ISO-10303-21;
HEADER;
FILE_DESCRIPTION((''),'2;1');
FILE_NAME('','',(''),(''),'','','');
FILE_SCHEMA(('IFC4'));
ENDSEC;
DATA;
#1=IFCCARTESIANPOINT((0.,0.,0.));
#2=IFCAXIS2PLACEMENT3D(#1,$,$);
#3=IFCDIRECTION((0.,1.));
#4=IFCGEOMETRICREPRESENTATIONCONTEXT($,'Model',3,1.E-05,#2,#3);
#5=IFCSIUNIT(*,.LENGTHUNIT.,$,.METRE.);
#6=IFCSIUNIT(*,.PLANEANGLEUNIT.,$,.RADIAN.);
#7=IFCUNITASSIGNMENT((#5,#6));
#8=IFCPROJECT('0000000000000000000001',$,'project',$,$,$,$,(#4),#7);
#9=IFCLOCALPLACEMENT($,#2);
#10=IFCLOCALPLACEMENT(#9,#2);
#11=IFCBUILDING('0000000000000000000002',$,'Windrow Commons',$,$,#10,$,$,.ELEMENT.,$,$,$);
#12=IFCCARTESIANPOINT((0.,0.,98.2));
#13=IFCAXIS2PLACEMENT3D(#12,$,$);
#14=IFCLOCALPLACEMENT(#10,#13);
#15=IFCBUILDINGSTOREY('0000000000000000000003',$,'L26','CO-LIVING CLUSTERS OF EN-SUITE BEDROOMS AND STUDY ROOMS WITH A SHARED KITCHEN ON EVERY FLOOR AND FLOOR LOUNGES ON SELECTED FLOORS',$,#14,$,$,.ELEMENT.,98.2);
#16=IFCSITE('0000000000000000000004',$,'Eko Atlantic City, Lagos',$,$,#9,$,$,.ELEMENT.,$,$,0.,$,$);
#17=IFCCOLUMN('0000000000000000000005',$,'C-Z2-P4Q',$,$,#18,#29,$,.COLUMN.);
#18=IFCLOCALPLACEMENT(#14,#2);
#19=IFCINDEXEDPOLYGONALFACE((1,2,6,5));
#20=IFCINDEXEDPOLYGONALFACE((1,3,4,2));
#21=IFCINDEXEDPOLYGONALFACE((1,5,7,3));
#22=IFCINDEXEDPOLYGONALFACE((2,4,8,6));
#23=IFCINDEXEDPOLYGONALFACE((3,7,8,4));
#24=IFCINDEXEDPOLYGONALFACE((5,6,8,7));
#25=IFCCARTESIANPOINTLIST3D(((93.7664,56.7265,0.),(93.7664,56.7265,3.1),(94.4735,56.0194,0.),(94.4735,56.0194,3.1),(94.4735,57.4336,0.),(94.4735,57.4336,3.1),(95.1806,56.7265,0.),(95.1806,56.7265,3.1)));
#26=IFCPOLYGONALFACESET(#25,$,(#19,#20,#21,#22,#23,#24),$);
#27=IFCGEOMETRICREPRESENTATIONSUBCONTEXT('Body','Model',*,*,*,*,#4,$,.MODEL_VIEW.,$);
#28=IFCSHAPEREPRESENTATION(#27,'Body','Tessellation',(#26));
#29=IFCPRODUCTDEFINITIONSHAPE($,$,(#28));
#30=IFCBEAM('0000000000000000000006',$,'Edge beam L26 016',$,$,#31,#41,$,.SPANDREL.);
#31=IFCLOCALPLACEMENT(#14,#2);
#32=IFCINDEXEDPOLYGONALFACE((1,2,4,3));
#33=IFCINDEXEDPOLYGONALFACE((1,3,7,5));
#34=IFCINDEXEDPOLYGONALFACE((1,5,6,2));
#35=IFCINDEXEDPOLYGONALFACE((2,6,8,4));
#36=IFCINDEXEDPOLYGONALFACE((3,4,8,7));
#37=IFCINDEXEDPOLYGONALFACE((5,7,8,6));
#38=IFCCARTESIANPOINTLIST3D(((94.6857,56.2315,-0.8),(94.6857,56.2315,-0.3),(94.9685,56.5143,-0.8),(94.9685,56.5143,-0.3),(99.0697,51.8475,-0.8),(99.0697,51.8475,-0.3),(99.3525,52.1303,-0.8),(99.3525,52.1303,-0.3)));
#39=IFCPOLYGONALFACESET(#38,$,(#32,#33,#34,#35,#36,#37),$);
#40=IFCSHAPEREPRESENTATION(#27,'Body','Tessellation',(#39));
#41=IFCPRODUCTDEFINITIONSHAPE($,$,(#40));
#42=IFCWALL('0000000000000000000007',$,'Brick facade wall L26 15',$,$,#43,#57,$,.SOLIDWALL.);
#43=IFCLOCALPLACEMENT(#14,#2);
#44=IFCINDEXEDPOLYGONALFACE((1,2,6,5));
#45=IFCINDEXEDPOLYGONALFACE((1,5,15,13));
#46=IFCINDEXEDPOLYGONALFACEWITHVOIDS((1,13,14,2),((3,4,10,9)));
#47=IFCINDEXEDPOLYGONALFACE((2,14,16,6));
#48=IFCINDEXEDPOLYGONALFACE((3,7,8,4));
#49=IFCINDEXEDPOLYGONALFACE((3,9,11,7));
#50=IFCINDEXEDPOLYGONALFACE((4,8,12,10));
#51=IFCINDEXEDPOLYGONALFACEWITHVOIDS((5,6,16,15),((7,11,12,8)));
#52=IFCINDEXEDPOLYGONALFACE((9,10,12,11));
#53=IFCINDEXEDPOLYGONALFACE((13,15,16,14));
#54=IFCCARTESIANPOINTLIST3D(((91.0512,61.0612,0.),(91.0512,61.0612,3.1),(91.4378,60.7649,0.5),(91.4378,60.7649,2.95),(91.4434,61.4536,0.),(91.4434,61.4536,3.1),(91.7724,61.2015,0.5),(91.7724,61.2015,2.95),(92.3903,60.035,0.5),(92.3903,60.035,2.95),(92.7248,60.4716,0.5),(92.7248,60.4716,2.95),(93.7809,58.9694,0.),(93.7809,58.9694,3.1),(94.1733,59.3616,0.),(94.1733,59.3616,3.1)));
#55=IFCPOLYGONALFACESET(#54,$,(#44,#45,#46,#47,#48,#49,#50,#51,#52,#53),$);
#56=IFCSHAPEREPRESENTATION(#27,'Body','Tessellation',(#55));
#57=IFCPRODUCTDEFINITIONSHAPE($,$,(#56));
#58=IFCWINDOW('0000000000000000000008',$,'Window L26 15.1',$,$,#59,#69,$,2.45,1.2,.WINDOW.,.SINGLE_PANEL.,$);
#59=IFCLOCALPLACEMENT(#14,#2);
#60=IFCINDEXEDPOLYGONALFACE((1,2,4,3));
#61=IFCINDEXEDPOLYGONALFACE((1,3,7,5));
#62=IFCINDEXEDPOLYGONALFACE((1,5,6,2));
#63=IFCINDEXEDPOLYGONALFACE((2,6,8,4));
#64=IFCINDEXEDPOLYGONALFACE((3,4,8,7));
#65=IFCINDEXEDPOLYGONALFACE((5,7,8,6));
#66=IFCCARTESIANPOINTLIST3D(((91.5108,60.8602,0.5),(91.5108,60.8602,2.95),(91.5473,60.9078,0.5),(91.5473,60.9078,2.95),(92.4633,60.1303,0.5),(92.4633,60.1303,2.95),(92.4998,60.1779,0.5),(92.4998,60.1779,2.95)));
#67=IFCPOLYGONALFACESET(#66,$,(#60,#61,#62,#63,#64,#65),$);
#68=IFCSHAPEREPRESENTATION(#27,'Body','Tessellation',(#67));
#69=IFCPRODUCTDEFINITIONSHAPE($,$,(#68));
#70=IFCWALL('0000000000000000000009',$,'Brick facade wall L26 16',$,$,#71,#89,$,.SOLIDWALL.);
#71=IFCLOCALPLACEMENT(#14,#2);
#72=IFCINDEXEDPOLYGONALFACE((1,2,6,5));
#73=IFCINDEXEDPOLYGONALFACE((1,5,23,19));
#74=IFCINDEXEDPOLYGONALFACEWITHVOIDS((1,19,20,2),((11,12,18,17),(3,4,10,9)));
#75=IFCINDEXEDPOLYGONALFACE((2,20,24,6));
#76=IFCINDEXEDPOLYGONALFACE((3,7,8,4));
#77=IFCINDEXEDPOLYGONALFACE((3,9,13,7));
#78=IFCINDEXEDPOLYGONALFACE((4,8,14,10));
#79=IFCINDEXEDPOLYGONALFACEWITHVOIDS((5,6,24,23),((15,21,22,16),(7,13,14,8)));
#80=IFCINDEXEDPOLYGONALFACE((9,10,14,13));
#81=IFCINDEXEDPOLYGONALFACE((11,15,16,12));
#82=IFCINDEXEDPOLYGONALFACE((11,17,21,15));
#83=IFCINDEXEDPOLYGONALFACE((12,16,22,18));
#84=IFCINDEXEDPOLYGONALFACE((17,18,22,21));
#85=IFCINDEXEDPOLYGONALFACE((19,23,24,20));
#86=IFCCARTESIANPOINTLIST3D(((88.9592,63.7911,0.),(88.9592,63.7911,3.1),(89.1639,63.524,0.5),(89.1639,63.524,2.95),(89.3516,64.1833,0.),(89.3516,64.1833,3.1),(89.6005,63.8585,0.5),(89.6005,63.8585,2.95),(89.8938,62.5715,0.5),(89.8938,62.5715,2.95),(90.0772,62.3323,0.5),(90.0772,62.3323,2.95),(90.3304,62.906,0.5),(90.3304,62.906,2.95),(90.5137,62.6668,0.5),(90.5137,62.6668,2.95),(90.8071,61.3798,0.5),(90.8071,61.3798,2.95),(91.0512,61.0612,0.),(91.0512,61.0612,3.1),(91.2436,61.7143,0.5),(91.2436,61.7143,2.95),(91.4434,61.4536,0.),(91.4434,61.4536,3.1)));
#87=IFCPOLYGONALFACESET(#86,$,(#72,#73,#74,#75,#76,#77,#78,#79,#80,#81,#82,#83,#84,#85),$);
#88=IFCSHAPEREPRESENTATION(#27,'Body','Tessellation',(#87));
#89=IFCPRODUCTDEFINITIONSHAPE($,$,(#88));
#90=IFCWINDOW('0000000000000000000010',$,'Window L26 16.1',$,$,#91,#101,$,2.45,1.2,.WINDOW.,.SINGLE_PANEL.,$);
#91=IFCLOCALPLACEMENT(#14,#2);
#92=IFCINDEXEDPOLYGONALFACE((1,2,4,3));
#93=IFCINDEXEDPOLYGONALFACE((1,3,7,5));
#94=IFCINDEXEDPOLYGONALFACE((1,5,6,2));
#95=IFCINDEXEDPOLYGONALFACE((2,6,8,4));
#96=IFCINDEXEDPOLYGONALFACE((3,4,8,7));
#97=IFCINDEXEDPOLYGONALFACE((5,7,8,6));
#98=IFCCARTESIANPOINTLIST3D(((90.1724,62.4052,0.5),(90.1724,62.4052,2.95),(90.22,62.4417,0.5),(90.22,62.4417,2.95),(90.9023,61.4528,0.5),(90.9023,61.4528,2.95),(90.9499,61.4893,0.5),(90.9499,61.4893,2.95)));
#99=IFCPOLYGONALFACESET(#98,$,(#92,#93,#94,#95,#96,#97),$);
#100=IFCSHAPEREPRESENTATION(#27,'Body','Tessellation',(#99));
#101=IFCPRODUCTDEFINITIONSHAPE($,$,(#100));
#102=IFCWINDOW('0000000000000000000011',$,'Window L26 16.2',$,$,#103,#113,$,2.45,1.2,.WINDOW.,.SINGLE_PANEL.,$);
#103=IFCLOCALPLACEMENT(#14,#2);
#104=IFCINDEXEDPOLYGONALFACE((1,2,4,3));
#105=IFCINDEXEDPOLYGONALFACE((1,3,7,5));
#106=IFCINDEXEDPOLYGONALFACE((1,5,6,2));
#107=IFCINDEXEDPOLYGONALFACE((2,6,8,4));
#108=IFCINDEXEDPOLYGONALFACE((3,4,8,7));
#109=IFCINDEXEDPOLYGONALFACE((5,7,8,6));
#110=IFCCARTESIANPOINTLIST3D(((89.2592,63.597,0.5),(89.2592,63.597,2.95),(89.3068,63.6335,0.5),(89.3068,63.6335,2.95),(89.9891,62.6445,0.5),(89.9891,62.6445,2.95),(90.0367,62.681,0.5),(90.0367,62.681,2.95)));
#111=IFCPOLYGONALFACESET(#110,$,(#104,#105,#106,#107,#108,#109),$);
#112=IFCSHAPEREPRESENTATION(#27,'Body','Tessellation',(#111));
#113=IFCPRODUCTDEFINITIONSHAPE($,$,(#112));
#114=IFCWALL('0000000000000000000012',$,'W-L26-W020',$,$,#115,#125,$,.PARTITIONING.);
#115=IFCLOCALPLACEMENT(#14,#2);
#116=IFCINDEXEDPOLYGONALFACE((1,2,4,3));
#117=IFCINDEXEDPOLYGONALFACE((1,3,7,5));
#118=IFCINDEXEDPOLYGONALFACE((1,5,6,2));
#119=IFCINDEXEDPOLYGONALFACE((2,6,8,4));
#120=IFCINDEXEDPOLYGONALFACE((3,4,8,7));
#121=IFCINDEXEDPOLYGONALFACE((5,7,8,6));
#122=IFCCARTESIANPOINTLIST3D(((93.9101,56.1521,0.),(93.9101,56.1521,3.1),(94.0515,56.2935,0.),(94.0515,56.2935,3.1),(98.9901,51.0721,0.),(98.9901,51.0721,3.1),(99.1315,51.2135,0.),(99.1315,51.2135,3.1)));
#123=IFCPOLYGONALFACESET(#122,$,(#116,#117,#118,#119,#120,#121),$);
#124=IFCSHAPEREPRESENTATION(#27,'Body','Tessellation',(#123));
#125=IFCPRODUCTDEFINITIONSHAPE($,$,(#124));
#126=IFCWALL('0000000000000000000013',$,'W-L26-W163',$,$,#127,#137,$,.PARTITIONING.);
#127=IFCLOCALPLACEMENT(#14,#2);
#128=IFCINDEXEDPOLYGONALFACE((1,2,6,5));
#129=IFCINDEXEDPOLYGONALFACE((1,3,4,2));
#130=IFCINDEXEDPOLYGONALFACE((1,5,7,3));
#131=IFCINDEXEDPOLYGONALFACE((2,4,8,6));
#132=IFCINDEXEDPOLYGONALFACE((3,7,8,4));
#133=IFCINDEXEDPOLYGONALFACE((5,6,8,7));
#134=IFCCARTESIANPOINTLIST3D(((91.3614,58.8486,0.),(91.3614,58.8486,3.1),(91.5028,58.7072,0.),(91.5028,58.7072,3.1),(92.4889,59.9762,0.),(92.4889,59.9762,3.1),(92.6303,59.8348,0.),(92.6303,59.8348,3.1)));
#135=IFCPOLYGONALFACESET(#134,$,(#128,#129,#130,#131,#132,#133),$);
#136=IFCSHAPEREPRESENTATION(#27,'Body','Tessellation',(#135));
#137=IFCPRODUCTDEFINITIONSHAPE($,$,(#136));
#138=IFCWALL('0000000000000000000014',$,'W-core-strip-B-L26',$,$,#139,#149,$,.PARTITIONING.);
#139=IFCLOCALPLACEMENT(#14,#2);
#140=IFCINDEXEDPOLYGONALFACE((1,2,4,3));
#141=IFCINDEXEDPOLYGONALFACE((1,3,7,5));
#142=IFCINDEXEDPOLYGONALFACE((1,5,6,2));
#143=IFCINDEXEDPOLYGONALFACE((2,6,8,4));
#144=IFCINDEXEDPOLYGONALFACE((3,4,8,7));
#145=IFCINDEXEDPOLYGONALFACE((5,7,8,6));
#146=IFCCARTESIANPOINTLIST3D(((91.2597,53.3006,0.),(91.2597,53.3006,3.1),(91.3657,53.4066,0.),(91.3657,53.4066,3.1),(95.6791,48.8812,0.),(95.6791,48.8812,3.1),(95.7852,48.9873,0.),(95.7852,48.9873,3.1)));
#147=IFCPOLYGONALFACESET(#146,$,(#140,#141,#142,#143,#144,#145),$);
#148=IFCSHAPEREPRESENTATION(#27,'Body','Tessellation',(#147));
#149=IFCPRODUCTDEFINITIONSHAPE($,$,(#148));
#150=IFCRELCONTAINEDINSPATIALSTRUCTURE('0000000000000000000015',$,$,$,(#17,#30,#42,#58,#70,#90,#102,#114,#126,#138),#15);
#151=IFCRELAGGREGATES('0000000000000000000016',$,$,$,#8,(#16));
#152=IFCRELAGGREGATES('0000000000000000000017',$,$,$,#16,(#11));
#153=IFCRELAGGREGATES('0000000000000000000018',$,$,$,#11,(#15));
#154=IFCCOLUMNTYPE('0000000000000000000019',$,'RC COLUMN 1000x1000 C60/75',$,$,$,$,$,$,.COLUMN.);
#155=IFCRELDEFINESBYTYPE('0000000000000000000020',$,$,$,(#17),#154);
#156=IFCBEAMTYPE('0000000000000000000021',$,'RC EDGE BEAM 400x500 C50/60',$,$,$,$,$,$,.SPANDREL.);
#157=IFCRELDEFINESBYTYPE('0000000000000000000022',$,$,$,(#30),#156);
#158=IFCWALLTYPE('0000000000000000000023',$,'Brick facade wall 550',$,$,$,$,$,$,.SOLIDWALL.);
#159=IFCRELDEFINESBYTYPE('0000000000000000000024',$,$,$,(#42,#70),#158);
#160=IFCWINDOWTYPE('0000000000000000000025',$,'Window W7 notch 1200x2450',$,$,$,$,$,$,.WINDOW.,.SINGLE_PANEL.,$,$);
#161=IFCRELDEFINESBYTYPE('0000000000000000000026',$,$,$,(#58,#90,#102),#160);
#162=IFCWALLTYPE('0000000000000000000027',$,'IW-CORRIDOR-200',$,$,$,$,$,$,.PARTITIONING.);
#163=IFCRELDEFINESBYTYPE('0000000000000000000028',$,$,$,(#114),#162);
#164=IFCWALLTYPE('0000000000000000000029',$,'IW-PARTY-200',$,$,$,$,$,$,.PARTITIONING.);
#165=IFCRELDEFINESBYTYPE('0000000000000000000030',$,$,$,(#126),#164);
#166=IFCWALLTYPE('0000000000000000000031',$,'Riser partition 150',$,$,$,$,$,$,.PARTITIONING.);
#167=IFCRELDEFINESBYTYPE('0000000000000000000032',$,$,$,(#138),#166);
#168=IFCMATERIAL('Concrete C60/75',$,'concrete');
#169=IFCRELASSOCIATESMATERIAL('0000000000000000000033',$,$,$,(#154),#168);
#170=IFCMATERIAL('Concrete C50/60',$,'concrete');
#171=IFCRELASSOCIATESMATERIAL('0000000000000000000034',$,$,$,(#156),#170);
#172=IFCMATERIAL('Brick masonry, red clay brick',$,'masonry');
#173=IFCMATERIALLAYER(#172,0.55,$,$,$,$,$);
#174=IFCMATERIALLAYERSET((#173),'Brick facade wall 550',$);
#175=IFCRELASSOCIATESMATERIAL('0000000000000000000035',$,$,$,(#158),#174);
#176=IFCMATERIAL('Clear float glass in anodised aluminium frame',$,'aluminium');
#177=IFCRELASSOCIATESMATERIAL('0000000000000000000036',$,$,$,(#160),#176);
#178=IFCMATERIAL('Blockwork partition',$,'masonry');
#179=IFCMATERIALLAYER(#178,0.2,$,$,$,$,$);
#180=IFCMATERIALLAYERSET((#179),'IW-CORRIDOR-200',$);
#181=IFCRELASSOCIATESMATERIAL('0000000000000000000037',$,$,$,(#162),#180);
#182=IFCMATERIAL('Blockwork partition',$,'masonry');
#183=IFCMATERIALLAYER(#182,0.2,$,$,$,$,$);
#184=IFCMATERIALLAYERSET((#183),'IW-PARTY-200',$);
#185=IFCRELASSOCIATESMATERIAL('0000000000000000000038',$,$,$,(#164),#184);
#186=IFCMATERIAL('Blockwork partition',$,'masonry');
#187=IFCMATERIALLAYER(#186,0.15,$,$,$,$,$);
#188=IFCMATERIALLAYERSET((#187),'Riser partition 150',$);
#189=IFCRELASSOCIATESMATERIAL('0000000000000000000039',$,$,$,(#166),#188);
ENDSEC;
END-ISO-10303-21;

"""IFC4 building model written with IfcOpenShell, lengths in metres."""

from ifc_helpers import new_model, si_unit, direction, frame, frame_2d, origin, origin_2d, place, context, subcontext, project, spatial, polyline, rectangle, outline, extrude, material, layer, layer_set, material_profile, profile_set, type_object, element, fill, save


model = new_model("IFC4")

# Units and contexts
model_context = context("Model", 3, precision=1e-05, world=origin(), true_north=direction((0.0, 1.0)))
body_context = subcontext(model_context, "Body", "Model", "MODEL_VIEW")
ifc_project = project(units=[si_unit("LENGTHUNIT", "METRE"), si_unit("PLANEANGLEUNIT", "RADIAN")], contexts=[model_context])

# Site, building, storey
site_placement = place(None, origin())
site = spatial("IfcSite", under=ifc_project, at=site_placement, Name="Eko Atlantic City, Lagos", CompositionType="ELEMENT", RefElevation=0.0)
building_placement = place(site_placement, origin())
building = spatial("IfcBuilding", under=site, at=building_placement, Name="Windrow Commons", CompositionType="ELEMENT")
storey_placement = place(building_placement, frame((0.0, 0.0, 98.2)))
storey = spatial("IfcBuildingStorey", under=building, at=storey_placement, Name="L26", Description="CO-LIVING CLUSTERS OF EN-SUITE BEDROOMS AND STUDY ROOMS WITH A SHARED KITCHEN ON EVERY FLOOR AND FLOOR LOUNGES ON SELECTED FLOORS", CompositionType="ELEMENT", Elevation=98.2)

# Column
ifc_material_1 = material(Name="Concrete C60/75", Category="concrete")
ifc_material_profile_1 = material_profile(ifc_material_1, rectangle(XDim=1.0, YDim=1.0, at=origin_2d()))
ifc_profile_set_1 = profile_set([ifc_material_profile_1], Name="Concrete C60/75")
column_type = type_object("IfcColumnType", Name="RC COLUMN 1000x1000 C60/75", PredefinedType="COLUMN", material=ifc_profile_set_1)
column_placement = place(storey_placement, frame((94.4735, 56.7265, 0.0), z_axis=(0.0, 0.0, 1.0), x_axis=(0.707107, -0.707107, 0.0)))
element("IfcColumn", 1, at=column_placement, inside=storey, type_object=column_type, Name="C-Z2-P4Q", PredefinedType="COLUMN", context=body_context, shape_type="SweptSolid", body=[
    extrude(rectangle(XDim=1.0, YDim=1.0, at=origin_2d()), origin(), (0.0, 0.0, 1.0), 3.1),
])

# Beam
ifc_material_2 = material(Name="Concrete C50/60", Category="concrete")
ifc_material_profile_2 = material_profile(ifc_material_2, rectangle(XDim=0.4, YDim=0.5, at=origin_2d()))
ifc_profile_set_2 = profile_set([ifc_material_profile_2], Name="Concrete C50/60")
beam_type = type_object("IfcBeamType", Name="RC EDGE BEAM 400x500 C50/60", PredefinedType="SPANDREL", material=ifc_profile_set_2)
beam_placement = place(storey_placement, frame((94.8271, 56.3729, -0.55), z_axis=(0.707107, -0.707107, 0.0), x_axis=(0.707107, 0.707107, 0.0)))
element("IfcBeam", 2, at=beam_placement, inside=storey, type_object=beam_type, Name="Edge beam L26 016", PredefinedType="SPANDREL", context=body_context, shape_type="SweptSolid", body=[
    extrude(rectangle(XDim=0.4, YDim=0.5, at=origin_2d()), origin(), (0.0, 0.0, 1.0), 6.1999),
])

# Wall, opening, window
ifc_material_3 = material(Name="Brick masonry, red clay brick", Category="masonry")
ifc_layer_1 = layer(ifc_material_3, 0.55)
ifc_layer_set_1 = layer_set([ifc_layer_1], Name="Brick facade wall 550")
wall_type_1 = type_object("IfcWallType", Name="Brick facade wall 550", PredefinedType="SOLIDWALL", material=ifc_layer_set_1)
wall_1_placement = place(storey_placement, frame((93.9771, 59.1655, 0.0), z_axis=(0.0, 0.0, 1.0), x_axis=(-0.793739, 0.608258, 0.0)))
wall_1 = element("IfcWall", 3, at=wall_1_placement, inside=storey, type_object=wall_type_1, Name="Brick facade wall L26 15", PredefinedType="SOLIDWALL", context=body_context, shape_type="SweptSolid", body=[
    extrude(outline(polyline([(-0.0364, -0.275), (3.4028, -0.275), (3.4755, 0.275), (0.0364, 0.275), (-0.0364, -0.275)])), origin(), (0.0, 0.0, 1.0), 3.1),
])
opening_1_placement = place(wall_1_placement, frame((1.7884, 0.0, 0.5)))
opening_1 = element("IfcOpeningElement", 4, at=opening_1_placement, cuts=wall_1, PredefinedType="OPENING", context=body_context, shape_type="SweptSolid", body=[
    extrude(rectangle(XDim=1.2, YDim=2.45, at=frame_2d((0.6, 1.225))), frame((0.0, 0.285, 0.0), z_axis=(0.0, -1.0, 0.0), x_axis=(1.0, 0.0, 0.0)), (0.0, 0.0, 1.0), 0.57),
])
ifc_material_4 = material(Name="Clear float glass in anodised aluminium frame", Category="aluminium")
window_type = type_object("IfcWindowType", Name="Window W7 notch 1200x2450", PartitioningType="SINGLE_PANEL", PredefinedType="WINDOW", material=ifc_material_4)
window_1_placement = place(opening_1_placement, origin())
window_1 = element("IfcWindow", 5, at=window_1_placement, inside=storey, type_object=window_type, Name="Window L26 15.1", OverallHeight=2.45, OverallWidth=1.2, PartitioningType="SINGLE_PANEL", PredefinedType="WINDOW", context=body_context, shape_type="SweptSolid", body=[
    extrude(rectangle(XDim=1.2, YDim=2.45, at=frame_2d((0.6, 1.225))), frame((0.0, 0.155, 0.0), z_axis=(0.0, -1.0, 0.0), x_axis=(1.0, 0.0, 0.0)), (0.0, 0.0, 1.0), 0.06),
])
fill(opening_1, window_1)

# Wall, openings, windows
wall_2_placement = place(storey_placement, frame((91.2473, 61.2574, 0.0), z_axis=(0.0, 0.0, 1.0), x_axis=(-0.608258, 0.793739, 0.0)))
wall_2 = element("IfcWall", 6, at=wall_2_placement, inside=storey, type_object=wall_type_1, Name="Brick facade wall L26 16", PredefinedType="SOLIDWALL", context=body_context, shape_type="SweptSolid", body=[
    extrude(outline(polyline([(0.0364, -0.275), (3.4755, -0.275), (3.4028, 0.275), (-0.0364, 0.275), (0.0364, -0.275)])), origin(), (0.0, 0.0, 1.0), 3.1),
])
opening_2_placement = place(wall_2_placement, frame((0.3649, 0.0, 0.5)))
opening_2 = element("IfcOpeningElement", 7, at=opening_2_placement, cuts=wall_2, PredefinedType="OPENING", context=body_context, shape_type="SweptSolid", body=[
    extrude(rectangle(XDim=1.2, YDim=2.45, at=frame_2d((0.6, 1.225))), frame((0.0, 0.285, 0.0), z_axis=(0.0, -1.0, 0.0), x_axis=(1.0, 0.0, 0.0)), (0.0, 0.0, 1.0), 0.57),
])
opening_3_placement = place(wall_2_placement, frame((1.8663, 0.0, 0.5)))
opening_3 = element("IfcOpeningElement", 8, at=opening_3_placement, cuts=wall_2, PredefinedType="OPENING", context=body_context, shape_type="SweptSolid", body=[
    extrude(rectangle(XDim=1.2, YDim=2.45, at=frame_2d((0.6, 1.225))), frame((0.0, 0.285, 0.0), z_axis=(0.0, -1.0, 0.0), x_axis=(1.0, 0.0, 0.0)), (0.0, 0.0, 1.0), 0.57),
])
window_2_placement = place(opening_2_placement, origin())
window_2 = element("IfcWindow", 9, at=window_2_placement, inside=storey, type_object=window_type, Name="Window L26 16.1", OverallHeight=2.45, OverallWidth=1.2, PartitioningType="SINGLE_PANEL", PredefinedType="WINDOW", context=body_context, shape_type="SweptSolid", body=[
    extrude(rectangle(XDim=1.2, YDim=2.45, at=frame_2d((0.6, 1.225))), frame((0.0, 0.155, 0.0), z_axis=(0.0, -1.0, 0.0), x_axis=(1.0, 0.0, 0.0)), (0.0, 0.0, 1.0), 0.06),
])
fill(opening_2, window_2)
window_3_placement = place(opening_3_placement, origin())
window_3 = element("IfcWindow", 10, at=window_3_placement, inside=storey, type_object=window_type, Name="Window L26 16.2", OverallHeight=2.45, OverallWidth=1.2, PartitioningType="SINGLE_PANEL", PredefinedType="WINDOW", context=body_context, shape_type="SweptSolid", body=[
    extrude(rectangle(XDim=1.2, YDim=2.45, at=frame_2d((0.6, 1.225))), frame((0.0, 0.155, 0.0), z_axis=(0.0, -1.0, 0.0), x_axis=(1.0, 0.0, 0.0)), (0.0, 0.0, 1.0), 0.06),
])
fill(opening_3, window_3)

# Walls
ifc_material_5 = material(Name="Blockwork partition", Category="masonry")
ifc_layer_2 = layer(ifc_material_5, 0.2)
ifc_layer_set_2 = layer_set([ifc_layer_2], Name="IW-CORRIDOR-200")
wall_type_2 = type_object("IfcWallType", Name="IW-CORRIDOR-200", PredefinedType="PARTITIONING", material=ifc_layer_set_2)
wall_3_placement = place(storey_placement, frame((93.9808, 56.2228, 0.0), z_axis=(0.0, 0.0, 1.0), x_axis=(0.707107, -0.707107, 0.0)))
element("IfcWall", 11, at=wall_3_placement, inside=storey, type_object=wall_type_2, Name="W-L26-W020", PredefinedType="PARTITIONING", context=body_context, shape_type="SweptSolid", body=[
    extrude(rectangle(XDim=7.1842, YDim=0.2, at=frame_2d((3.5921, 0.0))), origin(), (0.0, 0.0, 1.0), 3.1),
])
ifc_material_6 = material(Name="Blockwork partition", Category="masonry")
ifc_layer_3 = layer(ifc_material_6, 0.2)
ifc_layer_set_3 = layer_set([ifc_layer_3], Name="IW-PARTY-200")
wall_type_3 = type_object("IfcWallType", Name="IW-PARTY-200", PredefinedType="PARTITIONING", material=ifc_layer_set_3)
wall_4_placement = place(storey_placement, frame((91.4321, 58.7779, 0.0), z_axis=(0.0, 0.0, 1.0), x_axis=(0.707075, 0.707138, 0.0)))
element("IfcWall", 12, at=wall_4_placement, inside=storey, type_object=wall_type_3, Name="W-L26-W163", PredefinedType="PARTITIONING", context=body_context, shape_type="SweptSolid", body=[
    extrude(rectangle(XDim=1.5945, YDim=0.2, at=frame_2d((0.7973, 0.0))), origin(), (0.0, 0.0, 1.0), 3.1),
])
ifc_material_7 = material(Name="Blockwork partition", Category="masonry")
ifc_layer_4 = layer(ifc_material_7, 0.15)
ifc_layer_set_4 = layer_set([ifc_layer_4], Name="Riser partition 150")
wall_type_4 = type_object("IfcWallType", Name="Riser partition 150", PredefinedType="PARTITIONING", material=ifc_layer_set_4)
wall_5_placement = place(storey_placement, frame((91.3127, 53.3536, 0.0), z_axis=(0.0, 0.0, 1.0), x_axis=(0.707115, -0.707099, 0.0)))
element("IfcWall", 13, at=wall_5_placement, inside=storey, type_object=wall_type_4, Name="W-core-strip-B-L26", PredefinedType="PARTITIONING", context=body_context, shape_type="SweptSolid", body=[
    extrude(rectangle(XDim=6.25, YDim=0.15, at=frame_2d((3.125, 0.0))), origin(), (0.0, 0.0, 1.0), 3.1),
])

save(model, "model.ifc")
